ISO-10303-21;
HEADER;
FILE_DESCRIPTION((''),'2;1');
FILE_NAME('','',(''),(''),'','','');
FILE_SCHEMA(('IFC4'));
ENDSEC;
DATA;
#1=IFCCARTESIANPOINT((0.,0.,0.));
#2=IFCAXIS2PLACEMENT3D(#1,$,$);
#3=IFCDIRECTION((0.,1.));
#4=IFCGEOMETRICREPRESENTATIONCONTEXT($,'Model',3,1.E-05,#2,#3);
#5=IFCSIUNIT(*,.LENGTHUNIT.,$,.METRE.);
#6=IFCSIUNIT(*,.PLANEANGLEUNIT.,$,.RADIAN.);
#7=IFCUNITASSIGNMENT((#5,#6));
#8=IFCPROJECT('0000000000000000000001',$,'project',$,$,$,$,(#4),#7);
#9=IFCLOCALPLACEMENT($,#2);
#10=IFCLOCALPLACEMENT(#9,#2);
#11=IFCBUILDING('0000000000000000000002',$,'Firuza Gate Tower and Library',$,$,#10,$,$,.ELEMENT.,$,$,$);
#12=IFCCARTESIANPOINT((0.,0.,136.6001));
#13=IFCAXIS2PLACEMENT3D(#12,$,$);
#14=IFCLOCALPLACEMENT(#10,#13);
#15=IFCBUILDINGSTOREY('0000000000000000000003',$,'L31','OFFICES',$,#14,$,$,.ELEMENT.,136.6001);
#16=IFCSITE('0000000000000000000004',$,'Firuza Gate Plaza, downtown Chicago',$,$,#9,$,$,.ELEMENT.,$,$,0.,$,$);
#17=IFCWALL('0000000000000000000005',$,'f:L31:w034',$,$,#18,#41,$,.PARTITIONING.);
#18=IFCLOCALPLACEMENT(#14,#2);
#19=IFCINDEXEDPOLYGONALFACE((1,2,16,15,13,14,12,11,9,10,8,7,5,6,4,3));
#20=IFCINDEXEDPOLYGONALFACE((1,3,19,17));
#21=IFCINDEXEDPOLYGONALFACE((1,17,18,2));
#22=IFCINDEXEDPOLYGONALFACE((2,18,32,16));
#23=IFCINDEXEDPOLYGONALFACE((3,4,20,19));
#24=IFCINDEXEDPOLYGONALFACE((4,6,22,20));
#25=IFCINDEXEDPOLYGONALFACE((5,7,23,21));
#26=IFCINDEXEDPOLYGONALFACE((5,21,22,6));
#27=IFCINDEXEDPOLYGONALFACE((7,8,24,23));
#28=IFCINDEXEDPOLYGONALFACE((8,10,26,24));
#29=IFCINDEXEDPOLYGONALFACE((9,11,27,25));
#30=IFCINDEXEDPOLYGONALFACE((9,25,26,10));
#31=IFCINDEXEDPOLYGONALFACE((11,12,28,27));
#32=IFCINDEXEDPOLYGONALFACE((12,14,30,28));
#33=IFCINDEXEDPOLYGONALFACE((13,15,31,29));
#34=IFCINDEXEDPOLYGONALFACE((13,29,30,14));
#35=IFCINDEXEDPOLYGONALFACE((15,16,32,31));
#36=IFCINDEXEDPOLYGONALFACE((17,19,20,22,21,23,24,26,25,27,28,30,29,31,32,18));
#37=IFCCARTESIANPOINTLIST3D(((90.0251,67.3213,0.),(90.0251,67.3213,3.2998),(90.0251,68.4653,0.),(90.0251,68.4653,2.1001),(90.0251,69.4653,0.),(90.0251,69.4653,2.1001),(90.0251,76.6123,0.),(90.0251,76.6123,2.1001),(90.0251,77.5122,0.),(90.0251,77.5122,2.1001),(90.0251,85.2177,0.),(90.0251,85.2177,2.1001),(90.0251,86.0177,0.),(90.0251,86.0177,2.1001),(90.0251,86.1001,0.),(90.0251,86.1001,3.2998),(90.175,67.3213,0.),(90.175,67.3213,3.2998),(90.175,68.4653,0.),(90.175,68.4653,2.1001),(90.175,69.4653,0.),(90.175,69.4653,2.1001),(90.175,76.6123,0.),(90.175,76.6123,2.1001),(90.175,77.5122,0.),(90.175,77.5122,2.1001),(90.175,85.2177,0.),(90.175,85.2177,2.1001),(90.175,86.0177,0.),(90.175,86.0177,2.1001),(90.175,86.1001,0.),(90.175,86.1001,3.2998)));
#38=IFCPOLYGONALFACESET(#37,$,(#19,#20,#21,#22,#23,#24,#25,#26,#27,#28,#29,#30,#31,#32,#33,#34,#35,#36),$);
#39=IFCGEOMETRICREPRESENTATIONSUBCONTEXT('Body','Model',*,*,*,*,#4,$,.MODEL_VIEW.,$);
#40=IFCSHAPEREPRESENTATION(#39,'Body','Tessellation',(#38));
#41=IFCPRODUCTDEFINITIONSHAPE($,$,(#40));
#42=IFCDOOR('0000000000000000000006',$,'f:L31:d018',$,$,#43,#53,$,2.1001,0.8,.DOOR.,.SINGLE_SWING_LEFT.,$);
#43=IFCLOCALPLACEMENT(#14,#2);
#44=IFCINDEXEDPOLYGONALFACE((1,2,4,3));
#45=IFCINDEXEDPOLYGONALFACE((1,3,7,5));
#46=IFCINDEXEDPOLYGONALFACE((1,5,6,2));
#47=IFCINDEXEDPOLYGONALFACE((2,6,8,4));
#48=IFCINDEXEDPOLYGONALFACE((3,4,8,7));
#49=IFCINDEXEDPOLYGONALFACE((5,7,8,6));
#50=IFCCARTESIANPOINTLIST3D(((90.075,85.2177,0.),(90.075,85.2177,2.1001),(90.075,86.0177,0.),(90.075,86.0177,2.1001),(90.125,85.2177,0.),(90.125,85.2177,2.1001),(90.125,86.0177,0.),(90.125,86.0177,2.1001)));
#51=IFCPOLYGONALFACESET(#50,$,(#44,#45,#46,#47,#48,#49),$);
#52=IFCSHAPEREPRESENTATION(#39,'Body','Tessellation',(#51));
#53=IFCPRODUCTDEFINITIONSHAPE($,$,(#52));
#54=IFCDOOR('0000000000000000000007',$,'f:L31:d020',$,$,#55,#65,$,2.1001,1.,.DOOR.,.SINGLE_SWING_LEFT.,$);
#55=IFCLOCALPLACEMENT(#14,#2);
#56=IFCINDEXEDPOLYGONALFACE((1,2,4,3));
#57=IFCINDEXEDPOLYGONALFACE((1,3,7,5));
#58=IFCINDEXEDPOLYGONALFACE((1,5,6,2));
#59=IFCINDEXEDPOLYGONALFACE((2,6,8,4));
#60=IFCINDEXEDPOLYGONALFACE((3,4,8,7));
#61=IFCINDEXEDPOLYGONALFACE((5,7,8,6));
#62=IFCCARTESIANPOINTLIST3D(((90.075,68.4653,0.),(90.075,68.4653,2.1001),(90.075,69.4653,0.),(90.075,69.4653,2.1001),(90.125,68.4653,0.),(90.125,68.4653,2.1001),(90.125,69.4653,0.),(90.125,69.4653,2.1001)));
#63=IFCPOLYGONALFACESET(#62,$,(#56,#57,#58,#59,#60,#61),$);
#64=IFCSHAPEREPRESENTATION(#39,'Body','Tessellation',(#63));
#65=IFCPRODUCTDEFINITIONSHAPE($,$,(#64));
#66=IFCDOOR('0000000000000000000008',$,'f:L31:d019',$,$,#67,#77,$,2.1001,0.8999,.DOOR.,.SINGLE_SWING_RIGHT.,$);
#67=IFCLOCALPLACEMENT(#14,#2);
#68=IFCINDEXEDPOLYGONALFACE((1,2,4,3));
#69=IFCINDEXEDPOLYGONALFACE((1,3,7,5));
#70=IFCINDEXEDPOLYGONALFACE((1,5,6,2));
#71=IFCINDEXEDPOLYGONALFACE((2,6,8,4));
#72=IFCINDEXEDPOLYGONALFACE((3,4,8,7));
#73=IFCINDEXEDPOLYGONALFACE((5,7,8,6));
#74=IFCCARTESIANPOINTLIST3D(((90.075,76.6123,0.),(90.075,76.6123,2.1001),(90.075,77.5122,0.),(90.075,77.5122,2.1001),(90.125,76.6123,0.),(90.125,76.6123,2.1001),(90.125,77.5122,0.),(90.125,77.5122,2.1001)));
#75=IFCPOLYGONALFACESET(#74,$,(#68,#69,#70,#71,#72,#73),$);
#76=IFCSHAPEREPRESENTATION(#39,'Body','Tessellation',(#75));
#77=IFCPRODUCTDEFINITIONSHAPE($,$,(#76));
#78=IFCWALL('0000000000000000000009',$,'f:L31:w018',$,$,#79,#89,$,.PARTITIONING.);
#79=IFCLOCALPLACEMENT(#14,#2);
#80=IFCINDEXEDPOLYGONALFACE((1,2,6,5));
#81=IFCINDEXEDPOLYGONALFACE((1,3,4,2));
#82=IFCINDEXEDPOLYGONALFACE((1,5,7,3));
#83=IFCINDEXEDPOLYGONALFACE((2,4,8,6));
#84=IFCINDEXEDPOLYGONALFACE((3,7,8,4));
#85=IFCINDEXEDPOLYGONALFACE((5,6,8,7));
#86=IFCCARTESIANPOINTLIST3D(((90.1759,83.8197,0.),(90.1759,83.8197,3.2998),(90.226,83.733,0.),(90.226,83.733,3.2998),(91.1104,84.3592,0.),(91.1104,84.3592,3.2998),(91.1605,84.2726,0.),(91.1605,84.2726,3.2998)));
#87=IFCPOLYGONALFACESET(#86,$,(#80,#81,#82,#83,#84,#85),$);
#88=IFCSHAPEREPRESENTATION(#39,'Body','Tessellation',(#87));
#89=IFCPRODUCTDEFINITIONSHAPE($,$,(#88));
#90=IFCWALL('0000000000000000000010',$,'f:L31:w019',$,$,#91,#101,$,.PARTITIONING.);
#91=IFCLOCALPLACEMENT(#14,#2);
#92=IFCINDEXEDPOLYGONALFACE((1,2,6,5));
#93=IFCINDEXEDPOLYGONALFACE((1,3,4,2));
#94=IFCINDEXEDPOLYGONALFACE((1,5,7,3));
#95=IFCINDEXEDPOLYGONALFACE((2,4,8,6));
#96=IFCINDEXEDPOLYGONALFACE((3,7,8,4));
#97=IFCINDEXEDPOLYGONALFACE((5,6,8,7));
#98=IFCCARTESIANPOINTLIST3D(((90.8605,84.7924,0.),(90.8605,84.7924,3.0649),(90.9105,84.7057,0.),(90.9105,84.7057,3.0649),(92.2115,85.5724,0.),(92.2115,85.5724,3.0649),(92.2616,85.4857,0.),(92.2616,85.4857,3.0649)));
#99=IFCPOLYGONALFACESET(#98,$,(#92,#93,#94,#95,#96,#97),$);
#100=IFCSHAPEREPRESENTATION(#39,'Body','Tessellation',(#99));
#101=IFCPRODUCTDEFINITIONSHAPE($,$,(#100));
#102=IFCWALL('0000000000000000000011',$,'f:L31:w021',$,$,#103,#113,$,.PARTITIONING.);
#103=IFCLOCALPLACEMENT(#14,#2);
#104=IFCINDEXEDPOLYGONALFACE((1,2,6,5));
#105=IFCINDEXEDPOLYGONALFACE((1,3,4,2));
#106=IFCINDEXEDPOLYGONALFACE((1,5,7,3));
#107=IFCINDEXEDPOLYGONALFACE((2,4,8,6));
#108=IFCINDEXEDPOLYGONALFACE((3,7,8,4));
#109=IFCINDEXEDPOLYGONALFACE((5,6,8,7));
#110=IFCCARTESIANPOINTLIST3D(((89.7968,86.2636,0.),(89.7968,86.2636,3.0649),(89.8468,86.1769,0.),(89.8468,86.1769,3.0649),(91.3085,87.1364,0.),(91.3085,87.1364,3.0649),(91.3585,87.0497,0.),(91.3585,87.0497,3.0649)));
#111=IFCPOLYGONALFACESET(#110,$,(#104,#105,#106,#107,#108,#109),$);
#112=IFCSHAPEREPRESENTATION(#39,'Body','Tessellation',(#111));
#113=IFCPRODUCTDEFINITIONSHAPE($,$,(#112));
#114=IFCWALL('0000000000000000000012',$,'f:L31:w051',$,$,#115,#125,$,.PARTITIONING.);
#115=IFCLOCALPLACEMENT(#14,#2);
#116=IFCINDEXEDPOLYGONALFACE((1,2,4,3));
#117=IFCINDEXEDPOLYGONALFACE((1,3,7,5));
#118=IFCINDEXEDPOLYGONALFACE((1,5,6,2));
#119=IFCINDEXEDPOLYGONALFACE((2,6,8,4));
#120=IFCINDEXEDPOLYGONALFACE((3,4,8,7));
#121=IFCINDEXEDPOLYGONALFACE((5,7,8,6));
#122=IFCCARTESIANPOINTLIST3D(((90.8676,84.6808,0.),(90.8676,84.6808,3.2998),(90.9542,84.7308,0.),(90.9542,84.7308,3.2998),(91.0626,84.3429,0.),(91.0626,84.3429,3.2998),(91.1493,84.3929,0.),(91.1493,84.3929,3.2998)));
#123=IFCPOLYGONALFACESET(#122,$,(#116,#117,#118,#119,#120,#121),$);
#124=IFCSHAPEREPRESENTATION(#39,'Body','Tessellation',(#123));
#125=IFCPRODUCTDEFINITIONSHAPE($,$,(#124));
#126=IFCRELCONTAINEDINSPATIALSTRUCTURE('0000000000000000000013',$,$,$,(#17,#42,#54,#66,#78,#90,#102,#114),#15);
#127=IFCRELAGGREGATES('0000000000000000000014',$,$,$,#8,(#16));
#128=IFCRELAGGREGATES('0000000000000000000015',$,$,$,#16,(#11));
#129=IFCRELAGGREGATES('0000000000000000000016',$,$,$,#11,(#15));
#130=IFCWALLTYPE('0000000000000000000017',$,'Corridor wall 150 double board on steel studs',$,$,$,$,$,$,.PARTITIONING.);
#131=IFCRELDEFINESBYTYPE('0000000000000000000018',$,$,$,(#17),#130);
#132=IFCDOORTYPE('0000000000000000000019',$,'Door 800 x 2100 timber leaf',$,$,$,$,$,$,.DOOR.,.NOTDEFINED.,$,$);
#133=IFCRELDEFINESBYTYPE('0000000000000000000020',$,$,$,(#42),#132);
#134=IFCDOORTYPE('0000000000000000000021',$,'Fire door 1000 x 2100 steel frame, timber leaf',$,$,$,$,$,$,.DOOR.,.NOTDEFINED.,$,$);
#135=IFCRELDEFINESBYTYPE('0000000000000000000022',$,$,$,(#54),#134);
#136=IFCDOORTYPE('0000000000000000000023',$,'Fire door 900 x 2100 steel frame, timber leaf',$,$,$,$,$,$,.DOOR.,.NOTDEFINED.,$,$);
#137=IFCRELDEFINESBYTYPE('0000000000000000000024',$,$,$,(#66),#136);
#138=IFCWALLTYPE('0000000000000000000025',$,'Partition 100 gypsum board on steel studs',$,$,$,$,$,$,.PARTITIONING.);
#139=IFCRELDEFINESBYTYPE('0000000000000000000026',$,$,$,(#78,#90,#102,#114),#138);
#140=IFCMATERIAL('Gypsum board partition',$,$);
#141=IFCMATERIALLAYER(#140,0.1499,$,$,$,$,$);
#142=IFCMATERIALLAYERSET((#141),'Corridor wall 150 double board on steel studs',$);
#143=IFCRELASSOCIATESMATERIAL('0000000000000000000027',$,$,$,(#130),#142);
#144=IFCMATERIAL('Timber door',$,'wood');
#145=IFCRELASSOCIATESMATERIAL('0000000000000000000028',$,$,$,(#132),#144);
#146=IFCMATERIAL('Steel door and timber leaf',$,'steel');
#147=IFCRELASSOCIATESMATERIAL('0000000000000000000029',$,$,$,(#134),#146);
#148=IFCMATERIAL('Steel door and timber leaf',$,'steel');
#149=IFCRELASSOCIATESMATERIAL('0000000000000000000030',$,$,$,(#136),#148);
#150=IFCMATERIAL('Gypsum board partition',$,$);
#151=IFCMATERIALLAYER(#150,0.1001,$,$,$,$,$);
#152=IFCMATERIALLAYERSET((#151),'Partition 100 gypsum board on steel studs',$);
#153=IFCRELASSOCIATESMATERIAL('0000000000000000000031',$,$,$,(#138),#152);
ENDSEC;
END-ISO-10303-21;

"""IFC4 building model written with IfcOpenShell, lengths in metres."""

from ifc_helpers import new_model, si_unit, direction, frame, frame_2d, origin, place, context, subcontext, project, spatial, rectangle, extrude, material, layer, layer_set, type_object, element, fill, save


model = new_model("IFC4")

# Units and contexts
model_context = context("Model", 3, precision=1e-05, world=origin(), true_north=direction((0.0, 1.0)))
body_context = subcontext(model_context, "Body", "Model", "MODEL_VIEW")
ifc_project = project(units=[si_unit("LENGTHUNIT", "METRE"), si_unit("PLANEANGLEUNIT", "RADIAN")], contexts=[model_context])

# Site, building, storey
site_placement = place(None, origin())
site = spatial("IfcSite", under=ifc_project, at=site_placement, Name="Firuza Gate Plaza, downtown Chicago", CompositionType="ELEMENT", RefElevation=0.0)
building_placement = place(site_placement, origin())
building = spatial("IfcBuilding", under=site, at=building_placement, Name="Firuza Gate Tower and Library", CompositionType="ELEMENT")
storey_placement = place(building_placement, frame((0.0, 0.0, 136.6001)))
storey = spatial("IfcBuildingStorey", under=building, at=storey_placement, Name="L31", Description="OFFICES", CompositionType="ELEMENT", Elevation=136.6001)

# Wall, openings, doors
ifc_material_1 = material(Name="Gypsum board partition")
ifc_layer_1 = layer(ifc_material_1, 0.1499)
ifc_layer_set_1 = layer_set([ifc_layer_1], Name="Corridor wall 150 double board on steel studs")
wall_type_1 = type_object("IfcWallType", Name="Corridor wall 150 double board on steel studs", PredefinedType="PARTITIONING", material=ifc_layer_set_1)
wall_1_placement = place(storey_placement, frame((90.1001, 86.1001, 0.0), z_axis=(0.0, 0.0, 1.0), x_axis=(0.0, -1.0, 0.0)))
wall_1 = element("IfcWall", 1, at=wall_1_placement, inside=storey, type_object=wall_type_1, Name="f:L31:w034", PredefinedType="PARTITIONING", context=body_context, shape_type="SweptSolid", body=[
    extrude(rectangle(XDim=18.7788, YDim=0.1499, at=frame_2d((9.3894, 0.0))), origin(), (0.0, 0.0, 1.0), 3.2998),
])
opening_1_placement = place(wall_1_placement, frame((0.0825, 0.0, 0.0)))
opening_1 = element("IfcOpeningElement", 2, at=opening_1_placement, cuts=wall_1, PredefinedType="OPENING", context=body_context, shape_type="SweptSolid", body=[
    extrude(rectangle(XDim=0.8, YDim=2.1001, at=frame_2d((0.3999, 1.05))), frame((0.0, 0.085, 0.0), z_axis=(0.0, -1.0, 0.0), x_axis=(1.0, 0.0, 0.0)), (0.0, 0.0, 1.0), 0.1699),
])
opening_2_placement = place(wall_1_placement, frame((8.5879, 0.0, 0.0)))
opening_2 = element("IfcOpeningElement", 3, at=opening_2_placement, cuts=wall_1, PredefinedType="OPENING", context=body_context, shape_type="SweptSolid", body=[
    extrude(rectangle(XDim=0.8999, YDim=2.1001, at=frame_2d((0.45, 1.05))), frame((0.0, 0.085, 0.0), z_axis=(0.0, -1.0, 0.0), x_axis=(1.0, 0.0, 0.0)), (0.0, 0.0, 1.0), 0.1699),
])
opening_3_placement = place(wall_1_placement, frame((16.6348, 0.0, 0.0)))
opening_3 = element("IfcOpeningElement", 4, at=opening_3_placement, cuts=wall_1, PredefinedType="OPENING", context=body_context, shape_type="SweptSolid", body=[
    extrude(rectangle(XDim=1.0, YDim=2.1001, at=frame_2d((0.5, 1.05))), frame((0.0, 0.085, 0.0), z_axis=(0.0, -1.0, 0.0), x_axis=(1.0, 0.0, 0.0)), (0.0, 0.0, 1.0), 0.1699),
])
ifc_material_2 = material(Name="Timber door", Category="wood")
door_type_1 = type_object("IfcDoorType", Name="Door 800 x 2100 timber leaf", OperationType="NOTDEFINED", PredefinedType="DOOR", material=ifc_material_2)
door_1_placement = place(opening_1_placement, origin())
door_1 = element("IfcDoor", 5, at=door_1_placement, inside=storey, type_object=door_type_1, Name="f:L31:d018", OperationType="SINGLE_SWING_LEFT", OverallHeight=2.1001, OverallWidth=0.8, PredefinedType="DOOR", context=body_context, shape_type="SweptSolid", body=[
    extrude(rectangle(XDim=0.8, YDim=2.1001, at=frame_2d((0.3999, 1.05))), frame((0.0, 0.0249, 0.0), z_axis=(0.0, -1.0, 0.0), x_axis=(1.0, 0.0, 0.0)), (0.0, 0.0, 1.0), 0.05),
])
fill(opening_1, door_1)
ifc_material_3 = material(Name="Steel door and timber leaf", Category="steel")
door_type_2 = type_object("IfcDoorType", Name="Fire door 1000 x 2100 steel frame, timber leaf", OperationType="NOTDEFINED", PredefinedType="DOOR", material=ifc_material_3)
door_2_placement = place(opening_3_placement, origin())
door_2 = element("IfcDoor", 6, at=door_2_placement, inside=storey, type_object=door_type_2, Name="f:L31:d020", OperationType="SINGLE_SWING_LEFT", OverallHeight=2.1001, OverallWidth=1.0, PredefinedType="DOOR", context=body_context, shape_type="SweptSolid", body=[
    extrude(rectangle(XDim=1.0, YDim=2.1001, at=frame_2d((0.5, 1.05))), frame((0.0, 0.0249, 0.0), z_axis=(0.0, -1.0, 0.0), x_axis=(1.0, 0.0, 0.0)), (0.0, 0.0, 1.0), 0.05),
])
fill(opening_3, door_2)
ifc_material_4 = material(Name="Steel door and timber leaf", Category="steel")
door_type_3 = type_object("IfcDoorType", Name="Fire door 900 x 2100 steel frame, timber leaf", OperationType="NOTDEFINED", PredefinedType="DOOR", material=ifc_material_4)
door_3_placement = place(opening_2_placement, origin())
door_3 = element("IfcDoor", 7, at=door_3_placement, inside=storey, type_object=door_type_3, Name="f:L31:d019", OperationType="SINGLE_SWING_RIGHT", OverallHeight=2.1001, OverallWidth=0.8999, PredefinedType="DOOR", context=body_context, shape_type="SweptSolid", body=[
    extrude(rectangle(XDim=0.8999, YDim=2.1001, at=frame_2d((0.45, 1.05))), frame((0.0, 0.0249, 0.0), z_axis=(0.0, -1.0, 0.0), x_axis=(1.0, 0.0, 0.0)), (0.0, 0.0, 1.0), 0.05),
])
fill(opening_2, door_3)

# Walls
ifc_material_5 = material(Name="Gypsum board partition")
ifc_layer_2 = layer(ifc_material_5, 0.1001)
ifc_layer_set_2 = layer_set([ifc_layer_2], Name="Partition 100 gypsum board on steel studs")
wall_type_2 = type_object("IfcWallType", Name="Partition 100 gypsum board on steel studs", PredefinedType="PARTITIONING", material=ifc_layer_set_2)
wall_2_placement = place(storey_placement, frame((90.2009, 83.7764, 0.0), z_axis=(0.0, 0.0, 1.0), x_axis=(0.866035, 0.499984, 0.0)))
element("IfcWall", 8, at=wall_2_placement, inside=storey, type_object=wall_type_2, Name="f:L31:w018", PredefinedType="PARTITIONING", context=body_context, shape_type="SweptSolid", body=[
    extrude(rectangle(XDim=1.0791, YDim=0.1001, at=frame_2d((0.5396, 0.0))), origin(), (0.0, 0.0, 1.0), 3.2998),
])
wall_3_placement = place(storey_placement, frame((90.8855, 84.749, 0.0), z_axis=(0.0, 0.0, 1.0), x_axis=(0.866029, 0.499993, 0.0)))
element("IfcWall", 9, at=wall_3_placement, inside=storey, type_object=wall_type_2, Name="f:L31:w019", PredefinedType="PARTITIONING", context=body_context, shape_type="SweptSolid", body=[
    extrude(rectangle(XDim=1.5601, YDim=0.1001, at=frame_2d((0.78, 0.0))), origin(), (0.0, 0.0, 1.0), 3.0649),
])
wall_4_placement = place(storey_placement, frame((89.8218, 86.2202, 0.0), z_axis=(0.0, 0.0, 1.0), x_axis=(0.866023, 0.500005, 0.0)))
element("IfcWall", 10, at=wall_4_placement, inside=storey, type_object=wall_type_2, Name="f:L31:w021", PredefinedType="PARTITIONING", context=body_context, shape_type="SweptSolid", body=[
    extrude(rectangle(XDim=1.7456, YDim=0.1001, at=frame_2d((0.8728, 0.0))), origin(), (0.0, 0.0, 1.0), 3.0649),
])
wall_5_placement = place(storey_placement, frame((91.106, 84.3679, 0.0), z_axis=(0.0, 0.0, 1.0), x_axis=(-0.499975, 0.86604, 0.0)))
element("IfcWall", 11, at=wall_5_placement, inside=storey, type_object=wall_type_2, Name="f:L31:w051", PredefinedType="PARTITIONING", context=body_context, shape_type="SweptSolid", body=[
    extrude(rectangle(XDim=0.3901, YDim=0.1001, at=frame_2d((0.1951, 0.0))), origin(), (0.0, 0.0, 1.0), 3.2998),
])

save(model, "model.ifc")
